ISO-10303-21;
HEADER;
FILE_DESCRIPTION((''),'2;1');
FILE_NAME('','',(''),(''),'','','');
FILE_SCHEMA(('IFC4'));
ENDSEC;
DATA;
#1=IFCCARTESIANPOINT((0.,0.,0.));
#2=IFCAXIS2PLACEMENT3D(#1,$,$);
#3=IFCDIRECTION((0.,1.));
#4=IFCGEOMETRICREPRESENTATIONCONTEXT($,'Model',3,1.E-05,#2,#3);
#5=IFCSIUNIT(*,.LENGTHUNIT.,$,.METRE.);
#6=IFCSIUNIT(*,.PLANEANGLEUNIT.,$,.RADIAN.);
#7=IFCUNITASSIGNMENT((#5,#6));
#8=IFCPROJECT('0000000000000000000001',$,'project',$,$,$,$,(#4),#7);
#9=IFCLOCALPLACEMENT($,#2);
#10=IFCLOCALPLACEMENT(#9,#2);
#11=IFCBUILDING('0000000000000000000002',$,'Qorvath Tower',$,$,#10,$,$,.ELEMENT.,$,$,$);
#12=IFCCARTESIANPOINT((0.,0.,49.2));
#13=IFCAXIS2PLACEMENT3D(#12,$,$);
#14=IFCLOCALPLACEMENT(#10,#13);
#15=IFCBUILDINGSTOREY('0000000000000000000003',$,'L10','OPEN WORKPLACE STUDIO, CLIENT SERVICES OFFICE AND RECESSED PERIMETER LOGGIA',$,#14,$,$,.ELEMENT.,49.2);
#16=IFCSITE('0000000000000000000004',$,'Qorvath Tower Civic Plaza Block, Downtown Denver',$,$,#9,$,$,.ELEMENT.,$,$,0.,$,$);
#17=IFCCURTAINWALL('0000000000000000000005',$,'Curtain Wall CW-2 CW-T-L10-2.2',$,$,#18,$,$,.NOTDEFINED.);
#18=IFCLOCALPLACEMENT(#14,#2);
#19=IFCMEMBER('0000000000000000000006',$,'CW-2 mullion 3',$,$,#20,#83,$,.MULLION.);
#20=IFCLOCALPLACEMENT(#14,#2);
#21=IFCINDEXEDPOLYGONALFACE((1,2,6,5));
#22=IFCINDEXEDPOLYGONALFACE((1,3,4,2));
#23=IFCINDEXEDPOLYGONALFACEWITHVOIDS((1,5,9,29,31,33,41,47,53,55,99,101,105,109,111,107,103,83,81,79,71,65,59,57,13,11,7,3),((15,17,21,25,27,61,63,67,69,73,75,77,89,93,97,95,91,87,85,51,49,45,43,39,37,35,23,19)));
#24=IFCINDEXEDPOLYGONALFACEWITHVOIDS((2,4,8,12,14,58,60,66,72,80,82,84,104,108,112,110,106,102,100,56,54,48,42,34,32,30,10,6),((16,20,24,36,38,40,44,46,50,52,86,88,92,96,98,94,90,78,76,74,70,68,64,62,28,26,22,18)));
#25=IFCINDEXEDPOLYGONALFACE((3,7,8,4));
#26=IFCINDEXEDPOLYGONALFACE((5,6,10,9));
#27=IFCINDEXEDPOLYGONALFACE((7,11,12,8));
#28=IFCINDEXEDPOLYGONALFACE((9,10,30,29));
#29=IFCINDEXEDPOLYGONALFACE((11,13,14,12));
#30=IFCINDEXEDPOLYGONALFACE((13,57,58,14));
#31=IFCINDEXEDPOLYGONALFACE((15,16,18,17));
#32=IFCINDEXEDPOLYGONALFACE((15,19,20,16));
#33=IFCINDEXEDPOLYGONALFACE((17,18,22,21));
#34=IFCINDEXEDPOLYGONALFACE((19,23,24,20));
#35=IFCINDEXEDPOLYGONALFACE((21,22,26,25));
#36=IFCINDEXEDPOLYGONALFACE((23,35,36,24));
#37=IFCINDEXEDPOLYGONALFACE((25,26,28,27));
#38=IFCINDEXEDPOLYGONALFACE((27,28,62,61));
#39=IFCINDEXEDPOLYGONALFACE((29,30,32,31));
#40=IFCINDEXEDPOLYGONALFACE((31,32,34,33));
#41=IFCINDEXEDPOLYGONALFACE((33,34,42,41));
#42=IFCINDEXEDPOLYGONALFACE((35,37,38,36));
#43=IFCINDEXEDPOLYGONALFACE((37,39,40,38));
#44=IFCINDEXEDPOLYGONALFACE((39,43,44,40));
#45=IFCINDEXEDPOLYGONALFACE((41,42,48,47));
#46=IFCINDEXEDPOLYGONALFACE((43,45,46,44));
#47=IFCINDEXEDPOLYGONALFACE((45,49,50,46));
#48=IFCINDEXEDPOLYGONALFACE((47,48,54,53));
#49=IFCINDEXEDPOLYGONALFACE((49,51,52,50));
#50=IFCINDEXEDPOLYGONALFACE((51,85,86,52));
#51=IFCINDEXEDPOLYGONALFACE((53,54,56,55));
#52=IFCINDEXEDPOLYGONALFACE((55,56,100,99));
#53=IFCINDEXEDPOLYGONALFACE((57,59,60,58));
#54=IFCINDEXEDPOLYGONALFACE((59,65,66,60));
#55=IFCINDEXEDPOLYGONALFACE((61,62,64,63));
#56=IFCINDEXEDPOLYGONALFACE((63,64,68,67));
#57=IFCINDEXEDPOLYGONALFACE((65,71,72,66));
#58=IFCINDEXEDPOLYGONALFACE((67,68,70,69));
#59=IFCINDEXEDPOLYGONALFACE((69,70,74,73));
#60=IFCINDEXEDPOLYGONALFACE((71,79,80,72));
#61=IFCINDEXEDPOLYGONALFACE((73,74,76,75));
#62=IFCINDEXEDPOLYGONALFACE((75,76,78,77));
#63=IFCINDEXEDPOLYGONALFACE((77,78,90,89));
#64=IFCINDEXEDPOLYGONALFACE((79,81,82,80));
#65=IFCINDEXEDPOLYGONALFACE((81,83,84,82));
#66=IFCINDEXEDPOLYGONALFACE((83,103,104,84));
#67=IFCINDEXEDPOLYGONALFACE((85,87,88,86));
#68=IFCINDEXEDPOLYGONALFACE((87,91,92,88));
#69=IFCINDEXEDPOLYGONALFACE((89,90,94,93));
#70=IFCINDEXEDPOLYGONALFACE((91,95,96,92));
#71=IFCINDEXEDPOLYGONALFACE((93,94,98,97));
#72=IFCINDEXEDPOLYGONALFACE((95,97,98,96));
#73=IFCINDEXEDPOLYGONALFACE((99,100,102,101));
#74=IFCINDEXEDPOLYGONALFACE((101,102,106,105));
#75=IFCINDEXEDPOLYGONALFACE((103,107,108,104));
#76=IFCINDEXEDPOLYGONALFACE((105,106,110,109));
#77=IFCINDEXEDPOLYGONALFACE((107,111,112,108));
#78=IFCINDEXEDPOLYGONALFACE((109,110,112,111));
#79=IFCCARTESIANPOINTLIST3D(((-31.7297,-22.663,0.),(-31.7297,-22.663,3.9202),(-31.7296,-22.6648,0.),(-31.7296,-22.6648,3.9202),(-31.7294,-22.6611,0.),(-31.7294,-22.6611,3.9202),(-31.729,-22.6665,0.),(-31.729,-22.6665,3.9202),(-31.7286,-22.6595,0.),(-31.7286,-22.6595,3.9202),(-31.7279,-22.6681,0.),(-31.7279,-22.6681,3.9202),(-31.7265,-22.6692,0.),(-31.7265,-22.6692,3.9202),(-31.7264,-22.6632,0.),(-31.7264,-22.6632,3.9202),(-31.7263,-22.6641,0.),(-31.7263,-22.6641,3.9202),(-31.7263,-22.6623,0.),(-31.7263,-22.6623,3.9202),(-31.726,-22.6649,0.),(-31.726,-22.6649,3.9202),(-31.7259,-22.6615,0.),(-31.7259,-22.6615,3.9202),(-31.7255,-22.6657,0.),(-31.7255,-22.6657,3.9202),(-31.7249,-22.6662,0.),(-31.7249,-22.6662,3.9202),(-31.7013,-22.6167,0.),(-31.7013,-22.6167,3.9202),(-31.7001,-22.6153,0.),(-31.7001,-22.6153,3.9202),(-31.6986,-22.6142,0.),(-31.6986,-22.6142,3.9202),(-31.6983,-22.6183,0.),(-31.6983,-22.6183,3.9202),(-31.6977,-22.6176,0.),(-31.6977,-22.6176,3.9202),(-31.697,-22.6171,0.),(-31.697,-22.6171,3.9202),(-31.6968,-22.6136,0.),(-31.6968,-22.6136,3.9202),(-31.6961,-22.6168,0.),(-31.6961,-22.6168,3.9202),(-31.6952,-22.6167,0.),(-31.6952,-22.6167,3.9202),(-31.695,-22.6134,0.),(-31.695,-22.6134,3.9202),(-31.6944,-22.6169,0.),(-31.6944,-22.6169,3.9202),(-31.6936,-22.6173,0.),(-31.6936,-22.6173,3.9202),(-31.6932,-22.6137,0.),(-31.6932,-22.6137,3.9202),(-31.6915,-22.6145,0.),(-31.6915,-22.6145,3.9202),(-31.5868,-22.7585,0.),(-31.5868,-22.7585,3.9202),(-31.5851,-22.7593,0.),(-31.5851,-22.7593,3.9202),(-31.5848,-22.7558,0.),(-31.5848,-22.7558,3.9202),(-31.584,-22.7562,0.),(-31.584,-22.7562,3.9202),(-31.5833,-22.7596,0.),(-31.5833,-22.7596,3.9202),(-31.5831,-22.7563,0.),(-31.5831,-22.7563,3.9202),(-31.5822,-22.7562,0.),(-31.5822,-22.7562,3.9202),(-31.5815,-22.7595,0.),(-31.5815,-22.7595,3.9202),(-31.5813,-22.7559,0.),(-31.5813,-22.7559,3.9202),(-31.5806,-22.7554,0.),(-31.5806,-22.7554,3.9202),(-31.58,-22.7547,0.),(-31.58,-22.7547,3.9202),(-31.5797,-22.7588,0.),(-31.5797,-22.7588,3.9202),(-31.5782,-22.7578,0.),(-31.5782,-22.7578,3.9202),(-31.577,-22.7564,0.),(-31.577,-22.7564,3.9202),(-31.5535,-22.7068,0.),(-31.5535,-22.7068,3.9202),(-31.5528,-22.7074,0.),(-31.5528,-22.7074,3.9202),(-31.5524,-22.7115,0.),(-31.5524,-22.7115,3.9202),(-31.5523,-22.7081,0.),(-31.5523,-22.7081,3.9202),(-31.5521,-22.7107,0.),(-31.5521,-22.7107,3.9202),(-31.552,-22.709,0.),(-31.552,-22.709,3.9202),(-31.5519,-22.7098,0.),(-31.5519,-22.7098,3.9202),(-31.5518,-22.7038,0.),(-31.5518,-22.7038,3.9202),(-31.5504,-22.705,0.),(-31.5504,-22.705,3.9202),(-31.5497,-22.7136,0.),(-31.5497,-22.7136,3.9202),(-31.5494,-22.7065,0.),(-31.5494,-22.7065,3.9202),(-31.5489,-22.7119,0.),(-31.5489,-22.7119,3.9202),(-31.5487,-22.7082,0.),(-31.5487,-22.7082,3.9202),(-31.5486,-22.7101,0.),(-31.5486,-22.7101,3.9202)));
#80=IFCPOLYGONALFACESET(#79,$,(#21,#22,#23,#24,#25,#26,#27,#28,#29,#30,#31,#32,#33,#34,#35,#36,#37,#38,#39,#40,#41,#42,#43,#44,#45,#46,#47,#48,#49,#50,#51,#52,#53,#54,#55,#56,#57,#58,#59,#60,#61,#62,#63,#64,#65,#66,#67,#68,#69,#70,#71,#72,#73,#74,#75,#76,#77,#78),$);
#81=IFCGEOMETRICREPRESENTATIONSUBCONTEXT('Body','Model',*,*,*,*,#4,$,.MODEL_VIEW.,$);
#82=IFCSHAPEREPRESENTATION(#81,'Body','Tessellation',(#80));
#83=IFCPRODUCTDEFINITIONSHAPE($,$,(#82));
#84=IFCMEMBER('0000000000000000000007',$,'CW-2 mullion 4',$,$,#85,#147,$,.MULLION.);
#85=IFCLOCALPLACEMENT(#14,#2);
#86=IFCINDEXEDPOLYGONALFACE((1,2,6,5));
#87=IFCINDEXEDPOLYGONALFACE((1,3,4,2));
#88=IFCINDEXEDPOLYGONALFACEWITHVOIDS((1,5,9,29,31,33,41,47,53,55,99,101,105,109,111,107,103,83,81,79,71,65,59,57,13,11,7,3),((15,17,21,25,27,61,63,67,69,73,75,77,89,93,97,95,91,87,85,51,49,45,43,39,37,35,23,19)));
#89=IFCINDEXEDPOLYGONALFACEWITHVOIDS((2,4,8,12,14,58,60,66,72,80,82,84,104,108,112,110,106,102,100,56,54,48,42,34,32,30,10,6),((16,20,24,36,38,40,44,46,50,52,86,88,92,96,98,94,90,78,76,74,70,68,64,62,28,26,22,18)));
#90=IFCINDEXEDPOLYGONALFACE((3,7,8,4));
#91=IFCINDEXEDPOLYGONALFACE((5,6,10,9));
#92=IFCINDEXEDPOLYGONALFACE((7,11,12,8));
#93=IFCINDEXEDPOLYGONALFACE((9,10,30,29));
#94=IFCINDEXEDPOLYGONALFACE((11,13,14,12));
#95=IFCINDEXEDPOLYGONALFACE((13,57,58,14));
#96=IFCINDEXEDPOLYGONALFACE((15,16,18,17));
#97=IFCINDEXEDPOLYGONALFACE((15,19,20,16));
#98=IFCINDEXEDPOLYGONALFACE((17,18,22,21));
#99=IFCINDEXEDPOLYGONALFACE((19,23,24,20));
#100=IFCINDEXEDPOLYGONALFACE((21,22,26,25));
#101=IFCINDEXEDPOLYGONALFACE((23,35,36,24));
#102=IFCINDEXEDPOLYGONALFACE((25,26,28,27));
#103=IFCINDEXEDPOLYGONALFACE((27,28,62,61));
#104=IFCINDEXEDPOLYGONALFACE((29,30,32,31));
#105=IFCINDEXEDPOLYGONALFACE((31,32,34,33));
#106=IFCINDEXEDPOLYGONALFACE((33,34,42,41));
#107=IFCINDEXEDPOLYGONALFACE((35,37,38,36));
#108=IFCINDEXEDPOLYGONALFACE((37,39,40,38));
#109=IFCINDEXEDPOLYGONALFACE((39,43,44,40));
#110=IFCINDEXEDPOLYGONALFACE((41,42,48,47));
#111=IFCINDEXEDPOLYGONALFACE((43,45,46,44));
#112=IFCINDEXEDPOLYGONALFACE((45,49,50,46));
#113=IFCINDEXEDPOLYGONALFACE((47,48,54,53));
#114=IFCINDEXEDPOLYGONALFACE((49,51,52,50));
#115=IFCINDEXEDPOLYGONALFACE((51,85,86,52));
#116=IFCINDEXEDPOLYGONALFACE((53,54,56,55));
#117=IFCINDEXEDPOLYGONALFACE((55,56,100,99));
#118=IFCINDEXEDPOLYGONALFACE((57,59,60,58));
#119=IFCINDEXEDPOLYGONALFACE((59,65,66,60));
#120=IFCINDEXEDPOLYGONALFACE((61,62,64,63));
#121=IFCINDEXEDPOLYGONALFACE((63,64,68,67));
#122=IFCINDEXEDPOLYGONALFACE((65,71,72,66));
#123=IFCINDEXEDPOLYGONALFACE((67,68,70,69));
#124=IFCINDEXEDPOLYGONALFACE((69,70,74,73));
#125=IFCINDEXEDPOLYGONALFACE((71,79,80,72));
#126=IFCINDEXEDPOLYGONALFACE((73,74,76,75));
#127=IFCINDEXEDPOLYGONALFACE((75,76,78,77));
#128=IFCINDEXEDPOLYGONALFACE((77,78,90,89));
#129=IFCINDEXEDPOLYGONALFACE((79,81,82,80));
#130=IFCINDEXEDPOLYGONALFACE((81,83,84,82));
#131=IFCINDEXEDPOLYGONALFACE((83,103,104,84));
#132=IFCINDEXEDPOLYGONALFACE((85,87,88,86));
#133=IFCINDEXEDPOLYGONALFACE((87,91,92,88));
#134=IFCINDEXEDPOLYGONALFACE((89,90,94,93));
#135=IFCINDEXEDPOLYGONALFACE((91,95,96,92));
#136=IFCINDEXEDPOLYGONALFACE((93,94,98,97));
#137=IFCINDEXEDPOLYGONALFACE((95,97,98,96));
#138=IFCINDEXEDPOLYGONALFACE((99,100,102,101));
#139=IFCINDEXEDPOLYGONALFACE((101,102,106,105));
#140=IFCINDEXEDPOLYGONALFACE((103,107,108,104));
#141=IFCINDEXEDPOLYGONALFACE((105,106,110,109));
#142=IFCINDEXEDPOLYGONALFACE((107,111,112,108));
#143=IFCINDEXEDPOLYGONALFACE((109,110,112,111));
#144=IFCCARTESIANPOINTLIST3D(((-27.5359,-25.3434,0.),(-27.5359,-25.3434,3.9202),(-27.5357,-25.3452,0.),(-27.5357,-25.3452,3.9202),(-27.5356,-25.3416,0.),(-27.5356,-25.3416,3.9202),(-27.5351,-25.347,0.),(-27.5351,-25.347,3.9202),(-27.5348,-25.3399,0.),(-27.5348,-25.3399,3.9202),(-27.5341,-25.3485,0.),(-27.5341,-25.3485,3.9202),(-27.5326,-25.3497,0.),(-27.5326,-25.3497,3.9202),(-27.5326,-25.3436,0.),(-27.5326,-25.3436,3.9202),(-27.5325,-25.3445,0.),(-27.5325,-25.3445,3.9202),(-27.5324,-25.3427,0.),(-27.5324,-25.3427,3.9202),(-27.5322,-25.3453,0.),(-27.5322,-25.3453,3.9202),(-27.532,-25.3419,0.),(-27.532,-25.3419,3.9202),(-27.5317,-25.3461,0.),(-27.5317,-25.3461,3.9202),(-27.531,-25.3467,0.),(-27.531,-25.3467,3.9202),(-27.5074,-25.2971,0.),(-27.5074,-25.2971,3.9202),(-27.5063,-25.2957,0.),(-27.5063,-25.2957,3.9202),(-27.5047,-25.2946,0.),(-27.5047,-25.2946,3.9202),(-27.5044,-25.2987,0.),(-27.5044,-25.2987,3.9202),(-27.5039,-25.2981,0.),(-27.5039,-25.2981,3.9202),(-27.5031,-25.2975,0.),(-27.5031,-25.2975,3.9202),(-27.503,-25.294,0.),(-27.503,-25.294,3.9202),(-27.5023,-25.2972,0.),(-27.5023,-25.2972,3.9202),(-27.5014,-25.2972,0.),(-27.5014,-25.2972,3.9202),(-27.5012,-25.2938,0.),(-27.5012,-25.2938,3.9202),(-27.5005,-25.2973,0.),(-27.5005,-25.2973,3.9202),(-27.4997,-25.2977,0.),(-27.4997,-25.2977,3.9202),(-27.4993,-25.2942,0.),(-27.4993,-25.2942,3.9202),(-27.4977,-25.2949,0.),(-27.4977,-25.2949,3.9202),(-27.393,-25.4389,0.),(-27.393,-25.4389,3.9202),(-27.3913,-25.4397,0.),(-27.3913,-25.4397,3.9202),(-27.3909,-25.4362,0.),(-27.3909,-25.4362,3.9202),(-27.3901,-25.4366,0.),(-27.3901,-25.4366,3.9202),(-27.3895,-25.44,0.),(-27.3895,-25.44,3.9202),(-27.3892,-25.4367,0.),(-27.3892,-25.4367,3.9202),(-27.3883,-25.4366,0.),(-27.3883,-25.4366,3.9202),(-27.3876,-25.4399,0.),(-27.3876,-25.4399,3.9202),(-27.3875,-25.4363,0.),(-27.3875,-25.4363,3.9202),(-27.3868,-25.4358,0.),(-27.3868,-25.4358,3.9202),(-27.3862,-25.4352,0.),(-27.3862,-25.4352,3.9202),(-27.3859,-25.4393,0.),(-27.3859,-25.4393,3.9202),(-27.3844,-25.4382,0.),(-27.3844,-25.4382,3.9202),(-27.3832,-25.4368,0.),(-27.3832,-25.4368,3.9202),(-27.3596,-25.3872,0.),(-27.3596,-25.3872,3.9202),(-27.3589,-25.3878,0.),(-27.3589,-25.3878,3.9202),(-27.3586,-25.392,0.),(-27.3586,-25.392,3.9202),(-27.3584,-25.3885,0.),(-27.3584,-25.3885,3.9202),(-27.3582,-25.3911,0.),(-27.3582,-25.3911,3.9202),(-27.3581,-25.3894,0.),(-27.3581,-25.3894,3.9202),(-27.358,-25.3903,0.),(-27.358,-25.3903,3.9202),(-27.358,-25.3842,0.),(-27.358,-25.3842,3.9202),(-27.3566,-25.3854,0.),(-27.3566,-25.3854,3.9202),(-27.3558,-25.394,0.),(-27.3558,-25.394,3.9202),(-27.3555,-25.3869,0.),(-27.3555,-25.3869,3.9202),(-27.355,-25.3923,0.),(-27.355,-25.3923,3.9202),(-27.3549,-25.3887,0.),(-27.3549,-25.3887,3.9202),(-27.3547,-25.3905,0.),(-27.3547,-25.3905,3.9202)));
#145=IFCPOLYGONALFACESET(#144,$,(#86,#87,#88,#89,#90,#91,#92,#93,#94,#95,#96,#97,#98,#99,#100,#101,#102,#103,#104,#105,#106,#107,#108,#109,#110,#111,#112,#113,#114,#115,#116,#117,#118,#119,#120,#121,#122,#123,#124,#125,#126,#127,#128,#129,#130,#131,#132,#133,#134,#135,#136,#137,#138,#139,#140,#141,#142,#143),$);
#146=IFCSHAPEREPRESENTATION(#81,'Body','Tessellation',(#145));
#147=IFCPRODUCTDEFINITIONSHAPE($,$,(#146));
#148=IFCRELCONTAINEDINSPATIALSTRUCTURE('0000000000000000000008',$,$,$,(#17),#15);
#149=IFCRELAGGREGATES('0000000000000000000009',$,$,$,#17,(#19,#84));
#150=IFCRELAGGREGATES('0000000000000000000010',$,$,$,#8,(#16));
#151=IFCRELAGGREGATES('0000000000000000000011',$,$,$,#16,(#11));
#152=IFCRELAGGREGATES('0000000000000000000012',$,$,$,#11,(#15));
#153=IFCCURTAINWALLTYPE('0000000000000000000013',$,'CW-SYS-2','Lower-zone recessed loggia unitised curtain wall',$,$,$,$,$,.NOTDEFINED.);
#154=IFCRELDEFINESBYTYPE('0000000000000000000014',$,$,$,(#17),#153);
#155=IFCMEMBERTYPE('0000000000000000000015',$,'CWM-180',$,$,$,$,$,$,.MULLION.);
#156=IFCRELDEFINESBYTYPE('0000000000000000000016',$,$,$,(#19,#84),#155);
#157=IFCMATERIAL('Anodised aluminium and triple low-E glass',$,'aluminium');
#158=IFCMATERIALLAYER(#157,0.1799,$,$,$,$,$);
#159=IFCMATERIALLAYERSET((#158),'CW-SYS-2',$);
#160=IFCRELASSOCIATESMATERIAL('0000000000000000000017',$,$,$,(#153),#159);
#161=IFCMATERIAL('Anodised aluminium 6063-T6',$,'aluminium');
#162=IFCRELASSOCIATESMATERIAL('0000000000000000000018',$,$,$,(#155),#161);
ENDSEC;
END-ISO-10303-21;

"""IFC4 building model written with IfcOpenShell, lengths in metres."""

from ifc_helpers import new_model, si_unit, direction, frame, origin, origin_2d, place, context, subcontext, project, spatial, hollow_rectangle, extrude, material, layer, layer_set, material_profile, profile_set, type_object, element, aggregate, save


model = new_model("IFC4")

# Units and contexts
model_context = context("Model", 3, precision=1e-05, world=origin(), true_north=direction((0.0, 1.0)))
body_context = subcontext(model_context, "Body", "Model", "MODEL_VIEW")
ifc_project = project(units=[si_unit("LENGTHUNIT", "METRE"), si_unit("PLANEANGLEUNIT", "RADIAN")], contexts=[model_context])

# Site, building, storey
site_placement = place(None, origin())
site = spatial("IfcSite", under=ifc_project, at=site_placement, Name="Qorvath Tower Civic Plaza Block, Downtown Denver", CompositionType="ELEMENT", RefElevation=0.0)
building_placement = place(site_placement, origin())
building = spatial("IfcBuilding", under=site, at=building_placement, Name="Qorvath Tower", CompositionType="ELEMENT")
storey_placement = place(building_placement, frame((0.0, 0.0, 49.2)))
storey = spatial("IfcBuildingStorey", under=building, at=storey_placement, Name="L10", Description="OPEN WORKPLACE STUDIO, CLIENT SERVICES OFFICE AND RECESSED PERIMETER LOGGIA", CompositionType="ELEMENT", Elevation=49.2)

# Curtain wall, members
ifc_material_1 = material(Name="Anodised aluminium and triple low-E glass", Category="aluminium")
ifc_layer_1 = layer(ifc_material_1, 0.1799)
ifc_layer_set_1 = layer_set([ifc_layer_1], Name="CW-SYS-2")
curtain_wall_type = type_object("IfcCurtainWallType", Name="CW-SYS-2", Description="Lower-zone recessed loggia unitised curtain wall", PredefinedType="NOTDEFINED", material=ifc_layer_set_1)
curtain_wall_placement = place(storey_placement, origin())
curtain_wall = element("IfcCurtainWall", 1, at=curtain_wall_placement, inside=storey, type_object=curtain_wall_type, Name="Curtain Wall CW-2 CW-T-L10-2.2", PredefinedType="NOTDEFINED")
ifc_material_2 = material(Name="Anodised aluminium 6063-T6", Category="aluminium")
ifc_material_profile_1 = material_profile(ifc_material_2, hollow_rectangle(XDim=0.0649, YDim=0.1799, WallThickness=0.0034, InnerFilletRadius=0.0034, OuterFilletRadius=0.0071, at=origin_2d()), Name="CWM 180x65")
ifc_profile_set_1 = profile_set([ifc_material_profile_1], Name="Anodised aluminium 6063-T6")
member_type_1 = type_object("IfcMemberType", Name="CWM-180", PredefinedType="MULLION", material=ifc_profile_set_1)
member_1_placement = place(storey_placement, frame((-31.6392, -22.6865, 0.0), z_axis=(0.0, 0.0, 1.0), x_axis=(0.538537, 0.842602, 0.0)))
member_1 = element("IfcMember", 2, at=member_1_placement, type_object=member_type_1, Name="CW-2 mullion 3", PredefinedType="MULLION", context=body_context, shape_type="SweptSolid", body=[
    extrude(hollow_rectangle(XDim=0.0649, YDim=0.1799, WallThickness=0.0034, InnerFilletRadius=0.0034, OuterFilletRadius=0.0071, at=origin_2d()), origin(), (0.0, 0.0, 1.0), 3.9202),
])
member_2_placement = place(storey_placement, frame((-27.4453, -25.3669, 0.0), z_axis=(0.0, 0.0, 1.0), x_axis=(0.538537, 0.842602, 0.0)))
member_2 = element("IfcMember", 3, at=member_2_placement, type_object=member_type_1, Name="CW-2 mullion 4", PredefinedType="MULLION", context=body_context, shape_type="SweptSolid", body=[
    extrude(hollow_rectangle(XDim=0.0649, YDim=0.1799, WallThickness=0.0034, InnerFilletRadius=0.0034, OuterFilletRadius=0.0071, at=origin_2d()), origin(), (0.0, 0.0, 1.0), 3.9202),
])
aggregate(curtain_wall, [member_1, member_2])

save(model, "model.ifc")
